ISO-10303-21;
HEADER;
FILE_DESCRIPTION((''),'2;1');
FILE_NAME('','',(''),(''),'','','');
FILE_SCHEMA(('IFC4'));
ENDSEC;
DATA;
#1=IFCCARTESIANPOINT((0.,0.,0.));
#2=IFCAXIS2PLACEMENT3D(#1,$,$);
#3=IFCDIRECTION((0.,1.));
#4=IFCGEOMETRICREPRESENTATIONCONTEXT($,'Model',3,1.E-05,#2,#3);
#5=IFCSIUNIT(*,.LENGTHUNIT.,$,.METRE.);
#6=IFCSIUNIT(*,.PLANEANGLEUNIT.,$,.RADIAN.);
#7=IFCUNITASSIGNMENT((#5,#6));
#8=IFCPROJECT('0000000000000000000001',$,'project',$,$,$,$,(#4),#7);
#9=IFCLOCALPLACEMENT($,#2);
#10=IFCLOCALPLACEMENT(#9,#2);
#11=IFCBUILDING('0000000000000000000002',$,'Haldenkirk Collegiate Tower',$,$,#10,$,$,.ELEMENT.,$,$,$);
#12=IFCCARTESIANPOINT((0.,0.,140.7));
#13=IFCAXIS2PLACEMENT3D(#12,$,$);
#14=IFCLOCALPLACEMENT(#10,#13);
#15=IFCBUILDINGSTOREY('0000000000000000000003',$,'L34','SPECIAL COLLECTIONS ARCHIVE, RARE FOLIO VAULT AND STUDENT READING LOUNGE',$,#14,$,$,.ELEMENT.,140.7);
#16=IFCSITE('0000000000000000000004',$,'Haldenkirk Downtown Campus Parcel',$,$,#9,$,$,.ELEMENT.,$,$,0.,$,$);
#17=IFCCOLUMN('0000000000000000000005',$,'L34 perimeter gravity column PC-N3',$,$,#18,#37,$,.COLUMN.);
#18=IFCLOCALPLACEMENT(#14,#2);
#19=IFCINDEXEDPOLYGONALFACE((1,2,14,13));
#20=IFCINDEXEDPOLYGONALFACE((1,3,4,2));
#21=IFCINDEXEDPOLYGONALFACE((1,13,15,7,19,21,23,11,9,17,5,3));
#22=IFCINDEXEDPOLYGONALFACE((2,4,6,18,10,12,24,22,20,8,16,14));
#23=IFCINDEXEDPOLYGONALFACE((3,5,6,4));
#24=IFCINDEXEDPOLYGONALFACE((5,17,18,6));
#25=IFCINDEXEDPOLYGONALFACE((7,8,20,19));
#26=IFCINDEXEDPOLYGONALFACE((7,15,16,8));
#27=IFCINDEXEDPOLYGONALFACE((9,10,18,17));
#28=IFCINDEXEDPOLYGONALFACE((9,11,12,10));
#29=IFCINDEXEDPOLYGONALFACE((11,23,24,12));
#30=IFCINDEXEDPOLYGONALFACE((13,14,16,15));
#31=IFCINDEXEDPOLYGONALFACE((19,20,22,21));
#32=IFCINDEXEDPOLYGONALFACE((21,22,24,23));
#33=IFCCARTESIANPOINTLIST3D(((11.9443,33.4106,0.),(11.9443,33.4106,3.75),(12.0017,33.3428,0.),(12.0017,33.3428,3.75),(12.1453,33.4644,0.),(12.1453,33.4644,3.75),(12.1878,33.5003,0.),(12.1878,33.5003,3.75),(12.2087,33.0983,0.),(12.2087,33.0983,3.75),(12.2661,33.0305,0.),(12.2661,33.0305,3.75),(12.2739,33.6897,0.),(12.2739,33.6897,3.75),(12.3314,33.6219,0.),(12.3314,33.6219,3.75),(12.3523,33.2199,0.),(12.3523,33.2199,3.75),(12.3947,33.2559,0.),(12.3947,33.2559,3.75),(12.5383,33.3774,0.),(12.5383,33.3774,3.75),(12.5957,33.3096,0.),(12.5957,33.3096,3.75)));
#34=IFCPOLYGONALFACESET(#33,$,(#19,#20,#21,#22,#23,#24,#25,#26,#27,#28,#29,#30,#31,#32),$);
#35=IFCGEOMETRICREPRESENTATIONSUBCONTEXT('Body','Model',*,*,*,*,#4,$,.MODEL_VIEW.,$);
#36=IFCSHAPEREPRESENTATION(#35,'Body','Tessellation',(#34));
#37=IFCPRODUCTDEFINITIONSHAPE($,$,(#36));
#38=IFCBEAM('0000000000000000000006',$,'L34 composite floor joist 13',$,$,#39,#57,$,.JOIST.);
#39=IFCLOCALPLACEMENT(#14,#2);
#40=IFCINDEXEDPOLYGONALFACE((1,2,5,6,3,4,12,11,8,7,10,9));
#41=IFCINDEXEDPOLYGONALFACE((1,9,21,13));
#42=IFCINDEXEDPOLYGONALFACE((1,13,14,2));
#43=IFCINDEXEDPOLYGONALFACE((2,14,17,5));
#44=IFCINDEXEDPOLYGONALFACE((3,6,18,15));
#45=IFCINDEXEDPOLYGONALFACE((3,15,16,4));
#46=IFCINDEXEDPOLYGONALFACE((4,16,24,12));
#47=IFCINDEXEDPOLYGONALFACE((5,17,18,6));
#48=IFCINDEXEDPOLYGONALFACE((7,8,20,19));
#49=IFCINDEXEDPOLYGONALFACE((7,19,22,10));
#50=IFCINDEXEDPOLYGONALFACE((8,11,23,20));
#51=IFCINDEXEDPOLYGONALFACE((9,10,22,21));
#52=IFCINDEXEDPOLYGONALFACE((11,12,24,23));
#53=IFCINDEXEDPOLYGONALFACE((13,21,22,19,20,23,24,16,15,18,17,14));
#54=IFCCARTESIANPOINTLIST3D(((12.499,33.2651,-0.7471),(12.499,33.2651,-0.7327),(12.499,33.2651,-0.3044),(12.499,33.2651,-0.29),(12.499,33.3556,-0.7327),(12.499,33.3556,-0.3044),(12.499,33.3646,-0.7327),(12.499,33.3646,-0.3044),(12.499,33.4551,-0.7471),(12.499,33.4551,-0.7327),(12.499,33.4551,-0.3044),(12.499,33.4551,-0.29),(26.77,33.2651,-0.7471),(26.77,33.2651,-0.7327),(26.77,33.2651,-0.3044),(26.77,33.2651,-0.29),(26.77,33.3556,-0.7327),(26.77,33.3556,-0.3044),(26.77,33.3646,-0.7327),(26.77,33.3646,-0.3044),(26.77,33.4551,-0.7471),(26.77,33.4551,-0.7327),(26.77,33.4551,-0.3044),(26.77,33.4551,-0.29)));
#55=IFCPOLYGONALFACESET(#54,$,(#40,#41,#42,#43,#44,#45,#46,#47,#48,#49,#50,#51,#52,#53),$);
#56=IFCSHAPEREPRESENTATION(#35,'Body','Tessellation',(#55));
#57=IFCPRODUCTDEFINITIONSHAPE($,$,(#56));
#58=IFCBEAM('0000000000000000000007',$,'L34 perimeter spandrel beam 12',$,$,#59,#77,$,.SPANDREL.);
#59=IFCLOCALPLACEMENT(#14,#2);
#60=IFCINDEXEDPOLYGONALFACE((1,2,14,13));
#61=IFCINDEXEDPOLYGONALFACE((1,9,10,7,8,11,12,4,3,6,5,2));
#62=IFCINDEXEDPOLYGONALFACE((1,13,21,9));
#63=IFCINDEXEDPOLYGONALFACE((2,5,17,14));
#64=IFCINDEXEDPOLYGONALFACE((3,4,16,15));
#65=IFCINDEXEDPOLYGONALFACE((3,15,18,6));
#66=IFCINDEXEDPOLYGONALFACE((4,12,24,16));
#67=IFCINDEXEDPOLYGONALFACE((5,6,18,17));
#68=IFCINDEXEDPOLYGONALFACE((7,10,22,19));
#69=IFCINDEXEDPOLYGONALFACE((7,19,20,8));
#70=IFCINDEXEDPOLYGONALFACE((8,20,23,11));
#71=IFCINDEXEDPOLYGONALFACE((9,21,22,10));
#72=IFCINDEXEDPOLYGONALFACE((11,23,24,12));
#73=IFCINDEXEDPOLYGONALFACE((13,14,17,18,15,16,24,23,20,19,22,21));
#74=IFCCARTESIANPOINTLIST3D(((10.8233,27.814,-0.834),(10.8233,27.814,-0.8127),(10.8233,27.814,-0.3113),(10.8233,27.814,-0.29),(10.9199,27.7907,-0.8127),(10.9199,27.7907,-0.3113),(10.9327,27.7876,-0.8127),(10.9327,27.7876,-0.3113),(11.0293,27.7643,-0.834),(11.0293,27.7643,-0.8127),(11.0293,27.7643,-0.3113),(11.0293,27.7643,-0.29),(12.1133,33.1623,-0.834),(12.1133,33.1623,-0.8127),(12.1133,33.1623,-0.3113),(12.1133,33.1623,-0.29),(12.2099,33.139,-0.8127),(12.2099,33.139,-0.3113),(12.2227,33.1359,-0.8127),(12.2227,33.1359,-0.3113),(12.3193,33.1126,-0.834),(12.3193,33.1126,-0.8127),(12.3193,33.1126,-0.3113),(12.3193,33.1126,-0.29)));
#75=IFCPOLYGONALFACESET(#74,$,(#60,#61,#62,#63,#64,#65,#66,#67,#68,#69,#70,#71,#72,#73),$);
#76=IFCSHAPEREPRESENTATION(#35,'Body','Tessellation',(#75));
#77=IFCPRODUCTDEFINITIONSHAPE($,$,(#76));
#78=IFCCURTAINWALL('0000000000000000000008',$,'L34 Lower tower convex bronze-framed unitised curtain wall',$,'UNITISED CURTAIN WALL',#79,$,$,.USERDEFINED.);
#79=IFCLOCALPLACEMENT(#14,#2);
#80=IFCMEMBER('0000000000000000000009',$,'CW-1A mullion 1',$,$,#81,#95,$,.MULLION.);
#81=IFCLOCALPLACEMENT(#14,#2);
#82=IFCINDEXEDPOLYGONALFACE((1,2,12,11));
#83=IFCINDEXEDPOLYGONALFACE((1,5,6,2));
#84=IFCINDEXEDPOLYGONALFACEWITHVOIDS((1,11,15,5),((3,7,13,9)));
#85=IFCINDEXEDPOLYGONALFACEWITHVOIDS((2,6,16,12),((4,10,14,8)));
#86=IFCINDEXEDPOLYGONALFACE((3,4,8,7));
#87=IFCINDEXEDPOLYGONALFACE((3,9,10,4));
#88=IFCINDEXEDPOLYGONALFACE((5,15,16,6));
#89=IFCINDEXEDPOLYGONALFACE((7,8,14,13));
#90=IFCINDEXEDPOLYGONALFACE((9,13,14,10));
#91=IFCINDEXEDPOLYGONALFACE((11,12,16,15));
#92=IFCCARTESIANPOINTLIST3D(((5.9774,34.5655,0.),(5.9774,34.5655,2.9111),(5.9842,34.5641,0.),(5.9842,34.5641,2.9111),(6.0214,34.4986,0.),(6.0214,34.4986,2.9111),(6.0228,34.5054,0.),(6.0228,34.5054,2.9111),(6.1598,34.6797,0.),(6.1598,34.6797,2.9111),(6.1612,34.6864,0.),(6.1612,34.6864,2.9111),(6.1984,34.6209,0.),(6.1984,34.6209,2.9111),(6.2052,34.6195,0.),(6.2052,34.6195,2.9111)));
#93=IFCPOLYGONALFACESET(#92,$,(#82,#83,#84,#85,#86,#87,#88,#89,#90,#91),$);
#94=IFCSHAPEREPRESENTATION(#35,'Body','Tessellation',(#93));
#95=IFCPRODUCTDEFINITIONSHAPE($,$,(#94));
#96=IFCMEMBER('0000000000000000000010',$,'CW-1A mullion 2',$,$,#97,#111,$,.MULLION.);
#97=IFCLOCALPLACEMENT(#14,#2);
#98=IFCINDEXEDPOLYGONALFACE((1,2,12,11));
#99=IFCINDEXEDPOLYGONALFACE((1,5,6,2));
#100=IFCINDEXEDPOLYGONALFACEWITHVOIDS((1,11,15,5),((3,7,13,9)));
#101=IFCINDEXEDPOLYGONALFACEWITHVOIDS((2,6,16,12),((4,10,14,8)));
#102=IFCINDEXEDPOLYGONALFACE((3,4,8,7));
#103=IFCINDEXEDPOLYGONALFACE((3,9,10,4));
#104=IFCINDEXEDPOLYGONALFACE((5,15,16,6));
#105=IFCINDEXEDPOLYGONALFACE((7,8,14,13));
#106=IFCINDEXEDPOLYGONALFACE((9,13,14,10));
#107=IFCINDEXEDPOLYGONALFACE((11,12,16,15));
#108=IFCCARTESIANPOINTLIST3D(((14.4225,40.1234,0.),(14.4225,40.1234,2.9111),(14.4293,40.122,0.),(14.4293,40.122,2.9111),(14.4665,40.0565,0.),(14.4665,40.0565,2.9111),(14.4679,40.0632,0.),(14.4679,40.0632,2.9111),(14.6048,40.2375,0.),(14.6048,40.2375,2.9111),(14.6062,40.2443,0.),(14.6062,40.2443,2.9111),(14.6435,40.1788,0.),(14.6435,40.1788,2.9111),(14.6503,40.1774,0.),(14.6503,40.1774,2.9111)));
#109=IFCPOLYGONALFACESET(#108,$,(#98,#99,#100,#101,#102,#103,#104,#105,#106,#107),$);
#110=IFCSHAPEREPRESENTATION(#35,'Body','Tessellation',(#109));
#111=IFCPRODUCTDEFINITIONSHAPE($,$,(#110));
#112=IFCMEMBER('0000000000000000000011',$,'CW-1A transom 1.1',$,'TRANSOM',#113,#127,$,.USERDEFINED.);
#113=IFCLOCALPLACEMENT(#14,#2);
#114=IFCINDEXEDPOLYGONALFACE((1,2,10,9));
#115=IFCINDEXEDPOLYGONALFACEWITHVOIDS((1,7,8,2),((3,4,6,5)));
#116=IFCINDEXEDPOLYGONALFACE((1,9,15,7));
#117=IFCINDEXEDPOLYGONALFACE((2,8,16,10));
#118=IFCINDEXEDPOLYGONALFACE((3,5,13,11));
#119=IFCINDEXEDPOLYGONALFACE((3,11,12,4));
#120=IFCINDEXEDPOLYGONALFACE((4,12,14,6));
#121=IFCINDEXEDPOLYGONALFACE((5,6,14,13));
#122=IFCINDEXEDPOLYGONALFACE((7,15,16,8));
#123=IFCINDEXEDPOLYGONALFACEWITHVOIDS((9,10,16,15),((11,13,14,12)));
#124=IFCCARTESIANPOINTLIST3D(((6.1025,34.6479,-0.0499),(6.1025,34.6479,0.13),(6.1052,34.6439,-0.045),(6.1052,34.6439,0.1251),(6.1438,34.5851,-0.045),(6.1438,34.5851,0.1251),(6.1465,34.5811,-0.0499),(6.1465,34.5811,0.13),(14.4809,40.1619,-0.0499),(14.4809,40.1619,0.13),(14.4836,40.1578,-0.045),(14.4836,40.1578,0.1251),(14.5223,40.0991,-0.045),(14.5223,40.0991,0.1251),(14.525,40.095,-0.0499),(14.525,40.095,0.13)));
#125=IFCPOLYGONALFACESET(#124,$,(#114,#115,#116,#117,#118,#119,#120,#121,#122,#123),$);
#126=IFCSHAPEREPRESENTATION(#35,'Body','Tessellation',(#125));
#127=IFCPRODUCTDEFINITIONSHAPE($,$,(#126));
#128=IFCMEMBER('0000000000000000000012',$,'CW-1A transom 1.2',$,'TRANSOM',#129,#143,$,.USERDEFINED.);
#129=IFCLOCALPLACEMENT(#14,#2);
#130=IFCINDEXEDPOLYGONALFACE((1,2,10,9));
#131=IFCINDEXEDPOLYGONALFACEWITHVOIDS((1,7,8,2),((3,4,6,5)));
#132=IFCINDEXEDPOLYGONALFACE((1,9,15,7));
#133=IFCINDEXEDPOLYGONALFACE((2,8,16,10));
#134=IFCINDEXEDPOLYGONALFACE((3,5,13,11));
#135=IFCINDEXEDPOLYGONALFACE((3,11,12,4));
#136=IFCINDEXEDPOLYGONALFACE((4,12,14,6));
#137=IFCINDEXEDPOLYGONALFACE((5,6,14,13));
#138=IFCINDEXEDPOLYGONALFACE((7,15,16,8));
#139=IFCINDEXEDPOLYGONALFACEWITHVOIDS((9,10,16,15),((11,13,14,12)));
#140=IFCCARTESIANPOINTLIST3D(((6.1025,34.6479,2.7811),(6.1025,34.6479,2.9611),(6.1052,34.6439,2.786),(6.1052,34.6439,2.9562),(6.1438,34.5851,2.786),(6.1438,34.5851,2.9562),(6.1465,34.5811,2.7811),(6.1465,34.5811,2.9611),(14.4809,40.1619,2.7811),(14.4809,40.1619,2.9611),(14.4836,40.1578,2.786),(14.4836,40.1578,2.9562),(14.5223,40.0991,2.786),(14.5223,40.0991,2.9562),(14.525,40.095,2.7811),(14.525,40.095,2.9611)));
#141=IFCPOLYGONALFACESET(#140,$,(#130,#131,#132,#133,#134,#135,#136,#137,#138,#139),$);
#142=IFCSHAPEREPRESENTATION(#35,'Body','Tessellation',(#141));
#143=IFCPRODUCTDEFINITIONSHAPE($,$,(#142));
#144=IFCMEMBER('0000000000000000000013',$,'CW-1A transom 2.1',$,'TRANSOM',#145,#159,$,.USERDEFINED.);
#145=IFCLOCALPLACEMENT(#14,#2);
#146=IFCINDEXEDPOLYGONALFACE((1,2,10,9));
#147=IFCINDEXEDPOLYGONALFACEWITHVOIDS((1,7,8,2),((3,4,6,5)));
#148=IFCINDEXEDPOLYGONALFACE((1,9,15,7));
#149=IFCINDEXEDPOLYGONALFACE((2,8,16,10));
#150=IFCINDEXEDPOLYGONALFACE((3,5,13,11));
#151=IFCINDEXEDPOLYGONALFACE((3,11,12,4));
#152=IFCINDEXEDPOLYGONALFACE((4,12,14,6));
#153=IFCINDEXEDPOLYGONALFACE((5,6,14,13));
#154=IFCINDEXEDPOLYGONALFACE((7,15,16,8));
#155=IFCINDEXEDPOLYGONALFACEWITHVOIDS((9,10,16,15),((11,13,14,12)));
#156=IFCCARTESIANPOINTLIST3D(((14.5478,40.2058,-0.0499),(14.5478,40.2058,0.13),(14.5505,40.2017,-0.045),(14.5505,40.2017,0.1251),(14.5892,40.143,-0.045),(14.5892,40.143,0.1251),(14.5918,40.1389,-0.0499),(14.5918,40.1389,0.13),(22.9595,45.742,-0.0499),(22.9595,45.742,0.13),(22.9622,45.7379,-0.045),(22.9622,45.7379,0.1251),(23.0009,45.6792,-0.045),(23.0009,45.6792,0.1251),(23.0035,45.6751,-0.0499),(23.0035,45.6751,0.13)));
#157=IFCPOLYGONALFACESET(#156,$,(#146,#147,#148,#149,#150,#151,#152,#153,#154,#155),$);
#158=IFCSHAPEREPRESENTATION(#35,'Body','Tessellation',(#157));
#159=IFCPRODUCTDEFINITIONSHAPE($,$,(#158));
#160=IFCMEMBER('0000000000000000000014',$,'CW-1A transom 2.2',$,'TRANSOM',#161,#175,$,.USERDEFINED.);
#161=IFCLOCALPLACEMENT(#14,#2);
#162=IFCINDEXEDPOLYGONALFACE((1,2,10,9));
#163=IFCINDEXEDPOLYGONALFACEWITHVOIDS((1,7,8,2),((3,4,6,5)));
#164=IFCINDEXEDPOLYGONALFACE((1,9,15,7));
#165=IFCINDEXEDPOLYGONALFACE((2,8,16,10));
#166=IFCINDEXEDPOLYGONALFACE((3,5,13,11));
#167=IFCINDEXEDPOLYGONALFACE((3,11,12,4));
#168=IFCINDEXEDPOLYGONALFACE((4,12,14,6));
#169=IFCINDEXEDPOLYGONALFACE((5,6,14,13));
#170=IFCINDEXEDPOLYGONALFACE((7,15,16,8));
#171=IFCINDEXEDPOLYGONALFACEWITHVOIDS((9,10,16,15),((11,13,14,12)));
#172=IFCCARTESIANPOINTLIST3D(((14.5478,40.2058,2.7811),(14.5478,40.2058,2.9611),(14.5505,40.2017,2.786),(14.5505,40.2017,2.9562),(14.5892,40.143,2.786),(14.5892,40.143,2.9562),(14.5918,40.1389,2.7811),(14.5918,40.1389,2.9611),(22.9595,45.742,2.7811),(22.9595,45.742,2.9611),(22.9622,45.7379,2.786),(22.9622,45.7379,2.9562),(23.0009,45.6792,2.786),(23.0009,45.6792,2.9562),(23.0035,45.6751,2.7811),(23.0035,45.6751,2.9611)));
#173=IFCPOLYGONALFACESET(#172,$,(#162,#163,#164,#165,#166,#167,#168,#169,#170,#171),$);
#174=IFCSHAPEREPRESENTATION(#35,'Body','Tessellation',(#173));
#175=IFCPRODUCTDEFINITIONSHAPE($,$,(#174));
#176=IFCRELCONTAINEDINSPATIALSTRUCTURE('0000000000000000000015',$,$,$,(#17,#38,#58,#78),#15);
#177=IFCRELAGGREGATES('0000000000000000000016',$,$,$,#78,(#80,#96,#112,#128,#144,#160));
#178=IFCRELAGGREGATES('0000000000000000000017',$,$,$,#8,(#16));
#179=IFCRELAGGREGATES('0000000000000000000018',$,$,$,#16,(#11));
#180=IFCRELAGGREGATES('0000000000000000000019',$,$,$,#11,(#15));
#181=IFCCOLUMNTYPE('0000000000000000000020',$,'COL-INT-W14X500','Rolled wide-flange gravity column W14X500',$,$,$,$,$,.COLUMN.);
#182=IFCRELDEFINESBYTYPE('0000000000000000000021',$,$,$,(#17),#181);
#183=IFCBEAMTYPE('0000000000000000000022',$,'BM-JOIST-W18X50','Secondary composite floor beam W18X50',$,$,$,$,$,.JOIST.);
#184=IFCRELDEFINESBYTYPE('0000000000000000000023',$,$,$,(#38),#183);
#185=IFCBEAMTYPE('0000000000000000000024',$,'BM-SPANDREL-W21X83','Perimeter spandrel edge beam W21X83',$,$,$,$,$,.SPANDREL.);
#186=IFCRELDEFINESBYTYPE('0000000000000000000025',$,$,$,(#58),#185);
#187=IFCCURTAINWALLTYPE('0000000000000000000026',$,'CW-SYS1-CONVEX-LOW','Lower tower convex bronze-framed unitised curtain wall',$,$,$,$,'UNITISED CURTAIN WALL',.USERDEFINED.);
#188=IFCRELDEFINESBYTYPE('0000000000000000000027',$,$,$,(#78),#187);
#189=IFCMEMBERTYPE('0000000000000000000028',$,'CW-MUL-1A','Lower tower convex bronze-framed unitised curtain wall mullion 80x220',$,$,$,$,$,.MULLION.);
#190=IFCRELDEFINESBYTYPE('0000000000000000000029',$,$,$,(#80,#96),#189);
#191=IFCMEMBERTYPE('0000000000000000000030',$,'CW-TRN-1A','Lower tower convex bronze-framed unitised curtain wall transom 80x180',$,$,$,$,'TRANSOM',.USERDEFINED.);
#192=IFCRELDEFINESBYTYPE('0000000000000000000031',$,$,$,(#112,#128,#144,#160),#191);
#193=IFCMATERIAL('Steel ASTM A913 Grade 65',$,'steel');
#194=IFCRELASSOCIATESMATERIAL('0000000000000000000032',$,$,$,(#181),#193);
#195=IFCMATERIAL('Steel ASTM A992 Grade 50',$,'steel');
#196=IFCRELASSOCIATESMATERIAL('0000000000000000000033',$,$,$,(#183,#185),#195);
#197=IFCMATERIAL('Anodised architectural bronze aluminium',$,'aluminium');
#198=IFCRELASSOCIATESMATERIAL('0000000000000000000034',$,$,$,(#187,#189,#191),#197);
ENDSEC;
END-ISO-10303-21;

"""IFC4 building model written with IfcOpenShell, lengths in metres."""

from ifc_helpers import new_model, si_unit, direction, frame, origin, origin_2d, place, context, subcontext, project, spatial, hollow_rectangle, i_section, extrude, material, material_profile, profile_set, type_object, element, aggregate, save


model = new_model("IFC4")

# Units and contexts
model_context = context("Model", 3, precision=1e-05, world=origin(), true_north=direction((0.0, 1.0)))
body_context = subcontext(model_context, "Body", "Model", "MODEL_VIEW")
ifc_project = project(units=[si_unit("LENGTHUNIT", "METRE"), si_unit("PLANEANGLEUNIT", "RADIAN")], contexts=[model_context])

# Site, building, storey
site_placement = place(None, origin())
site = spatial("IfcSite", under=ifc_project, at=site_placement, Name="Haldenkirk Downtown Campus Parcel", CompositionType="ELEMENT", RefElevation=0.0)
building_placement = place(site_placement, origin())
building = spatial("IfcBuilding", under=site, at=building_placement, Name="Haldenkirk Collegiate Tower", CompositionType="ELEMENT")
storey_placement = place(building_placement, frame((0.0, 0.0, 140.7)))
storey = spatial("IfcBuildingStorey", under=building, at=storey_placement, Name="L34", Description="SPECIAL COLLECTIONS ARCHIVE, RARE FOLIO VAULT AND STUDENT READING LOUNGE", CompositionType="ELEMENT", Elevation=140.7)

# Column
ifc_material_1 = material(Name="Steel ASTM A913 Grade 65", Category="steel")
ifc_material_profile_1 = material_profile(ifc_material_1, i_section(OverallWidth=0.4319, OverallDepth=0.498, WebThickness=0.0557, FlangeThickness=0.0889, at=origin_2d()), Name="W14X500")
ifc_profile_set_1 = profile_set([ifc_material_profile_1], Name="Steel ASTM A913 Grade 65")
column_type = type_object("IfcColumnType", Name="COL-INT-W14X500", Description="Rolled wide-flange gravity column W14X500", PredefinedType="COLUMN", material=ifc_profile_set_1)
column_placement = place(storey_placement, frame((12.27, 33.3601, 0.0), z_axis=(0.0, 0.0, 1.0), x_axis=(0.763232, 0.646124, 0.0)))
element("IfcColumn", 1, at=column_placement, inside=storey, type_object=column_type, Name="L34 perimeter gravity column PC-N3", PredefinedType="COLUMN", context=body_context, shape_type="SweptSolid", body=[
    extrude(i_section(OverallWidth=0.4319, OverallDepth=0.498, WebThickness=0.0557, FlangeThickness=0.0889, at=origin_2d()), origin(), (0.0, 0.0, 1.0), 3.75),
])

# Beams
ifc_material_2 = material(Name="Steel ASTM A992 Grade 50", Category="steel")
ifc_material_profile_2 = material_profile(ifc_material_2, i_section(OverallWidth=0.1899, OverallDepth=0.457, WebThickness=0.009, FlangeThickness=0.0144, at=origin_2d()), Name="W18X50")
ifc_profile_set_2 = profile_set([ifc_material_profile_2], Name="Steel ASTM A992 Grade 50")
beam_type_1 = type_object("IfcBeamType", Name="BM-JOIST-W18X50", Description="Secondary composite floor beam W18X50", PredefinedType="JOIST", material=ifc_profile_set_2)
beam_1_placement = place(storey_placement, frame((12.499, 33.3601, -0.5186), z_axis=(1.0, 0.0, 0.0), x_axis=(0.0, 1.0, 0.0)))
element("IfcBeam", 2, at=beam_1_placement, inside=storey, type_object=beam_type_1, Name="L34 composite floor joist 13", PredefinedType="JOIST", context=body_context, shape_type="SweptSolid", body=[
    extrude(i_section(OverallWidth=0.1899, OverallDepth=0.457, WebThickness=0.009, FlangeThickness=0.0144, at=origin_2d()), origin(), (0.0, 0.0, 1.0), 14.271),
])
ifc_material_profile_3 = material_profile(ifc_material_2, i_section(OverallWidth=0.2119, OverallDepth=0.5439, WebThickness=0.0132, FlangeThickness=0.0212, at=origin_2d()), Name="W21X83")
ifc_profile_set_3 = profile_set([ifc_material_profile_3], Name="Steel ASTM A992 Grade 50")
beam_type_2 = type_object("IfcBeamType", Name="BM-SPANDREL-W21X83", Description="Perimeter spandrel edge beam W21X83", PredefinedType="SPANDREL", material=ifc_profile_set_3)
beam_2_placement = place(storey_placement, frame((12.2163, 33.1375, -0.562), z_axis=(-0.234477, -0.972122, 0.0), x_axis=(0.972122, -0.234477, 0.0)))
element("IfcBeam", 3, at=beam_2_placement, inside=storey, type_object=beam_type_2, Name="L34 perimeter spandrel beam 12", PredefinedType="SPANDREL", context=body_context, shape_type="SweptSolid", body=[
    extrude(i_section(OverallWidth=0.2119, OverallDepth=0.5439, WebThickness=0.0132, FlangeThickness=0.0212, at=origin_2d()), origin(), (0.0, 0.0, 1.0), 5.5017),
])

# Curtain wall, members
ifc_material_3 = material(Name="Anodised architectural bronze aluminium", Category="aluminium")
curtain_wall_type = type_object("IfcCurtainWallType", Name="CW-SYS1-CONVEX-LOW", Description="Lower tower convex bronze-framed unitised curtain wall", ElementType="UNITISED CURTAIN WALL", PredefinedType="USERDEFINED", material=ifc_material_3)
curtain_wall_placement = place(storey_placement, origin())
curtain_wall = element("IfcCurtainWall", 4, at=curtain_wall_placement, inside=storey, type_object=curtain_wall_type, Name="L34 Lower tower convex bronze-framed unitised curtain wall", ObjectType="UNITISED CURTAIN WALL", PredefinedType="USERDEFINED")
ifc_material_profile_4 = material_profile(ifc_material_3, hollow_rectangle(XDim=0.0801, YDim=0.22, WallThickness=0.0049, at=origin_2d()), Name="CW-MUL-1A")
ifc_profile_set_4 = profile_set([ifc_material_profile_4], Name="Anodised architectural bronze aluminium")
member_type_1 = type_object("IfcMemberType", Name="CW-MUL-1A", Description="Lower tower convex bronze-framed unitised curtain wall mullion 80x220", PredefinedType="MULLION", material=ifc_profile_set_4)
member_1_placement = place(storey_placement, frame((6.0913, 34.5925, 0.0), z_axis=(0.0, 0.0, 1.0), x_axis=(-0.54975, 0.835329, 0.0)))
member_1 = element("IfcMember", 5, at=member_1_placement, type_object=member_type_1, Name="CW-1A mullion 1", PredefinedType="MULLION", context=body_context, shape_type="SweptSolid", body=[
    extrude(hollow_rectangle(XDim=0.0801, YDim=0.22, WallThickness=0.0049, at=origin_2d()), origin(), (0.0, 0.0, 1.0), 2.9111),
])
member_2_placement = place(storey_placement, frame((14.5364, 40.1504, 0.0), z_axis=(0.0, 0.0, 1.0), x_axis=(-0.54975, 0.835329, 0.0)))
member_2 = element("IfcMember", 6, at=member_2_placement, type_object=member_type_1, Name="CW-1A mullion 2", PredefinedType="MULLION", context=body_context, shape_type="SweptSolid", body=[
    extrude(hollow_rectangle(XDim=0.0801, YDim=0.22, WallThickness=0.0049, at=origin_2d()), origin(), (0.0, 0.0, 1.0), 2.9111),
])
ifc_material_profile_5 = material_profile(ifc_material_3, hollow_rectangle(XDim=0.0801, YDim=0.1799, WallThickness=0.0049, at=origin_2d()), Name="CW-TRN-1A")
ifc_profile_set_5 = profile_set([ifc_material_profile_5], Name="Anodised architectural bronze aluminium")
member_type_2 = type_object("IfcMemberType", Name="CW-TRN-1A", Description="Lower tower convex bronze-framed unitised curtain wall transom 80x180", ElementType="TRANSOM", PredefinedType="USERDEFINED", material=ifc_profile_set_5)
member_3_placement = place(storey_placement, frame((6.1245, 34.6145, 0.04), z_axis=(0.835335, 0.549742, 0.0), x_axis=(-0.549742, 0.835335, 0.0)))
member_3 = element("IfcMember", 7, at=member_3_placement, type_object=member_type_2, Name="CW-1A transom 1.1", ObjectType="TRANSOM", PredefinedType="USERDEFINED", context=body_context, shape_type="SweptSolid", body=[
    extrude(hollow_rectangle(XDim=0.0801, YDim=0.1799, WallThickness=0.0049, at=origin_2d()), origin(), (0.0, 0.0, 1.0), 10.03),
])
member_4_placement = place(storey_placement, frame((6.1245, 34.6145, 2.8711), z_axis=(0.835335, 0.549742, 0.0), x_axis=(-0.549742, 0.835335, 0.0)))
member_4 = element("IfcMember", 8, at=member_4_placement, type_object=member_type_2, Name="CW-1A transom 1.2", ObjectType="TRANSOM", PredefinedType="USERDEFINED", context=body_context, shape_type="SweptSolid", body=[
    extrude(hollow_rectangle(XDim=0.0801, YDim=0.1799, WallThickness=0.0049, at=origin_2d()), origin(), (0.0, 0.0, 1.0), 10.03),
])
member_5_placement = place(storey_placement, frame((14.5698, 40.1724, 0.04), z_axis=(0.835318, 0.549767, 0.0), x_axis=(-0.549767, 0.835318, 0.0)))
member_5 = element("IfcMember", 9, at=member_5_placement, type_object=member_type_2, Name="CW-1A transom 2.1", ObjectType="TRANSOM", PredefinedType="USERDEFINED", context=body_context, shape_type="SweptSolid", body=[
    extrude(hollow_rectangle(XDim=0.0801, YDim=0.1799, WallThickness=0.0049, at=origin_2d()), origin(), (0.0, 0.0, 1.0), 10.0701),
])
member_6_placement = place(storey_placement, frame((14.5698, 40.1724, 2.8711), z_axis=(0.835318, 0.549767, 0.0), x_axis=(-0.549767, 0.835318, 0.0)))
member_6 = element("IfcMember", 10, at=member_6_placement, type_object=member_type_2, Name="CW-1A transom 2.2", ObjectType="TRANSOM", PredefinedType="USERDEFINED", context=body_context, shape_type="SweptSolid", body=[
    extrude(hollow_rectangle(XDim=0.0801, YDim=0.1799, WallThickness=0.0049, at=origin_2d()), origin(), (0.0, 0.0, 1.0), 10.0701),
])
aggregate(curtain_wall, [member_1, member_2, member_3, member_4, member_5, member_6])

save(model, "model.ifc")
